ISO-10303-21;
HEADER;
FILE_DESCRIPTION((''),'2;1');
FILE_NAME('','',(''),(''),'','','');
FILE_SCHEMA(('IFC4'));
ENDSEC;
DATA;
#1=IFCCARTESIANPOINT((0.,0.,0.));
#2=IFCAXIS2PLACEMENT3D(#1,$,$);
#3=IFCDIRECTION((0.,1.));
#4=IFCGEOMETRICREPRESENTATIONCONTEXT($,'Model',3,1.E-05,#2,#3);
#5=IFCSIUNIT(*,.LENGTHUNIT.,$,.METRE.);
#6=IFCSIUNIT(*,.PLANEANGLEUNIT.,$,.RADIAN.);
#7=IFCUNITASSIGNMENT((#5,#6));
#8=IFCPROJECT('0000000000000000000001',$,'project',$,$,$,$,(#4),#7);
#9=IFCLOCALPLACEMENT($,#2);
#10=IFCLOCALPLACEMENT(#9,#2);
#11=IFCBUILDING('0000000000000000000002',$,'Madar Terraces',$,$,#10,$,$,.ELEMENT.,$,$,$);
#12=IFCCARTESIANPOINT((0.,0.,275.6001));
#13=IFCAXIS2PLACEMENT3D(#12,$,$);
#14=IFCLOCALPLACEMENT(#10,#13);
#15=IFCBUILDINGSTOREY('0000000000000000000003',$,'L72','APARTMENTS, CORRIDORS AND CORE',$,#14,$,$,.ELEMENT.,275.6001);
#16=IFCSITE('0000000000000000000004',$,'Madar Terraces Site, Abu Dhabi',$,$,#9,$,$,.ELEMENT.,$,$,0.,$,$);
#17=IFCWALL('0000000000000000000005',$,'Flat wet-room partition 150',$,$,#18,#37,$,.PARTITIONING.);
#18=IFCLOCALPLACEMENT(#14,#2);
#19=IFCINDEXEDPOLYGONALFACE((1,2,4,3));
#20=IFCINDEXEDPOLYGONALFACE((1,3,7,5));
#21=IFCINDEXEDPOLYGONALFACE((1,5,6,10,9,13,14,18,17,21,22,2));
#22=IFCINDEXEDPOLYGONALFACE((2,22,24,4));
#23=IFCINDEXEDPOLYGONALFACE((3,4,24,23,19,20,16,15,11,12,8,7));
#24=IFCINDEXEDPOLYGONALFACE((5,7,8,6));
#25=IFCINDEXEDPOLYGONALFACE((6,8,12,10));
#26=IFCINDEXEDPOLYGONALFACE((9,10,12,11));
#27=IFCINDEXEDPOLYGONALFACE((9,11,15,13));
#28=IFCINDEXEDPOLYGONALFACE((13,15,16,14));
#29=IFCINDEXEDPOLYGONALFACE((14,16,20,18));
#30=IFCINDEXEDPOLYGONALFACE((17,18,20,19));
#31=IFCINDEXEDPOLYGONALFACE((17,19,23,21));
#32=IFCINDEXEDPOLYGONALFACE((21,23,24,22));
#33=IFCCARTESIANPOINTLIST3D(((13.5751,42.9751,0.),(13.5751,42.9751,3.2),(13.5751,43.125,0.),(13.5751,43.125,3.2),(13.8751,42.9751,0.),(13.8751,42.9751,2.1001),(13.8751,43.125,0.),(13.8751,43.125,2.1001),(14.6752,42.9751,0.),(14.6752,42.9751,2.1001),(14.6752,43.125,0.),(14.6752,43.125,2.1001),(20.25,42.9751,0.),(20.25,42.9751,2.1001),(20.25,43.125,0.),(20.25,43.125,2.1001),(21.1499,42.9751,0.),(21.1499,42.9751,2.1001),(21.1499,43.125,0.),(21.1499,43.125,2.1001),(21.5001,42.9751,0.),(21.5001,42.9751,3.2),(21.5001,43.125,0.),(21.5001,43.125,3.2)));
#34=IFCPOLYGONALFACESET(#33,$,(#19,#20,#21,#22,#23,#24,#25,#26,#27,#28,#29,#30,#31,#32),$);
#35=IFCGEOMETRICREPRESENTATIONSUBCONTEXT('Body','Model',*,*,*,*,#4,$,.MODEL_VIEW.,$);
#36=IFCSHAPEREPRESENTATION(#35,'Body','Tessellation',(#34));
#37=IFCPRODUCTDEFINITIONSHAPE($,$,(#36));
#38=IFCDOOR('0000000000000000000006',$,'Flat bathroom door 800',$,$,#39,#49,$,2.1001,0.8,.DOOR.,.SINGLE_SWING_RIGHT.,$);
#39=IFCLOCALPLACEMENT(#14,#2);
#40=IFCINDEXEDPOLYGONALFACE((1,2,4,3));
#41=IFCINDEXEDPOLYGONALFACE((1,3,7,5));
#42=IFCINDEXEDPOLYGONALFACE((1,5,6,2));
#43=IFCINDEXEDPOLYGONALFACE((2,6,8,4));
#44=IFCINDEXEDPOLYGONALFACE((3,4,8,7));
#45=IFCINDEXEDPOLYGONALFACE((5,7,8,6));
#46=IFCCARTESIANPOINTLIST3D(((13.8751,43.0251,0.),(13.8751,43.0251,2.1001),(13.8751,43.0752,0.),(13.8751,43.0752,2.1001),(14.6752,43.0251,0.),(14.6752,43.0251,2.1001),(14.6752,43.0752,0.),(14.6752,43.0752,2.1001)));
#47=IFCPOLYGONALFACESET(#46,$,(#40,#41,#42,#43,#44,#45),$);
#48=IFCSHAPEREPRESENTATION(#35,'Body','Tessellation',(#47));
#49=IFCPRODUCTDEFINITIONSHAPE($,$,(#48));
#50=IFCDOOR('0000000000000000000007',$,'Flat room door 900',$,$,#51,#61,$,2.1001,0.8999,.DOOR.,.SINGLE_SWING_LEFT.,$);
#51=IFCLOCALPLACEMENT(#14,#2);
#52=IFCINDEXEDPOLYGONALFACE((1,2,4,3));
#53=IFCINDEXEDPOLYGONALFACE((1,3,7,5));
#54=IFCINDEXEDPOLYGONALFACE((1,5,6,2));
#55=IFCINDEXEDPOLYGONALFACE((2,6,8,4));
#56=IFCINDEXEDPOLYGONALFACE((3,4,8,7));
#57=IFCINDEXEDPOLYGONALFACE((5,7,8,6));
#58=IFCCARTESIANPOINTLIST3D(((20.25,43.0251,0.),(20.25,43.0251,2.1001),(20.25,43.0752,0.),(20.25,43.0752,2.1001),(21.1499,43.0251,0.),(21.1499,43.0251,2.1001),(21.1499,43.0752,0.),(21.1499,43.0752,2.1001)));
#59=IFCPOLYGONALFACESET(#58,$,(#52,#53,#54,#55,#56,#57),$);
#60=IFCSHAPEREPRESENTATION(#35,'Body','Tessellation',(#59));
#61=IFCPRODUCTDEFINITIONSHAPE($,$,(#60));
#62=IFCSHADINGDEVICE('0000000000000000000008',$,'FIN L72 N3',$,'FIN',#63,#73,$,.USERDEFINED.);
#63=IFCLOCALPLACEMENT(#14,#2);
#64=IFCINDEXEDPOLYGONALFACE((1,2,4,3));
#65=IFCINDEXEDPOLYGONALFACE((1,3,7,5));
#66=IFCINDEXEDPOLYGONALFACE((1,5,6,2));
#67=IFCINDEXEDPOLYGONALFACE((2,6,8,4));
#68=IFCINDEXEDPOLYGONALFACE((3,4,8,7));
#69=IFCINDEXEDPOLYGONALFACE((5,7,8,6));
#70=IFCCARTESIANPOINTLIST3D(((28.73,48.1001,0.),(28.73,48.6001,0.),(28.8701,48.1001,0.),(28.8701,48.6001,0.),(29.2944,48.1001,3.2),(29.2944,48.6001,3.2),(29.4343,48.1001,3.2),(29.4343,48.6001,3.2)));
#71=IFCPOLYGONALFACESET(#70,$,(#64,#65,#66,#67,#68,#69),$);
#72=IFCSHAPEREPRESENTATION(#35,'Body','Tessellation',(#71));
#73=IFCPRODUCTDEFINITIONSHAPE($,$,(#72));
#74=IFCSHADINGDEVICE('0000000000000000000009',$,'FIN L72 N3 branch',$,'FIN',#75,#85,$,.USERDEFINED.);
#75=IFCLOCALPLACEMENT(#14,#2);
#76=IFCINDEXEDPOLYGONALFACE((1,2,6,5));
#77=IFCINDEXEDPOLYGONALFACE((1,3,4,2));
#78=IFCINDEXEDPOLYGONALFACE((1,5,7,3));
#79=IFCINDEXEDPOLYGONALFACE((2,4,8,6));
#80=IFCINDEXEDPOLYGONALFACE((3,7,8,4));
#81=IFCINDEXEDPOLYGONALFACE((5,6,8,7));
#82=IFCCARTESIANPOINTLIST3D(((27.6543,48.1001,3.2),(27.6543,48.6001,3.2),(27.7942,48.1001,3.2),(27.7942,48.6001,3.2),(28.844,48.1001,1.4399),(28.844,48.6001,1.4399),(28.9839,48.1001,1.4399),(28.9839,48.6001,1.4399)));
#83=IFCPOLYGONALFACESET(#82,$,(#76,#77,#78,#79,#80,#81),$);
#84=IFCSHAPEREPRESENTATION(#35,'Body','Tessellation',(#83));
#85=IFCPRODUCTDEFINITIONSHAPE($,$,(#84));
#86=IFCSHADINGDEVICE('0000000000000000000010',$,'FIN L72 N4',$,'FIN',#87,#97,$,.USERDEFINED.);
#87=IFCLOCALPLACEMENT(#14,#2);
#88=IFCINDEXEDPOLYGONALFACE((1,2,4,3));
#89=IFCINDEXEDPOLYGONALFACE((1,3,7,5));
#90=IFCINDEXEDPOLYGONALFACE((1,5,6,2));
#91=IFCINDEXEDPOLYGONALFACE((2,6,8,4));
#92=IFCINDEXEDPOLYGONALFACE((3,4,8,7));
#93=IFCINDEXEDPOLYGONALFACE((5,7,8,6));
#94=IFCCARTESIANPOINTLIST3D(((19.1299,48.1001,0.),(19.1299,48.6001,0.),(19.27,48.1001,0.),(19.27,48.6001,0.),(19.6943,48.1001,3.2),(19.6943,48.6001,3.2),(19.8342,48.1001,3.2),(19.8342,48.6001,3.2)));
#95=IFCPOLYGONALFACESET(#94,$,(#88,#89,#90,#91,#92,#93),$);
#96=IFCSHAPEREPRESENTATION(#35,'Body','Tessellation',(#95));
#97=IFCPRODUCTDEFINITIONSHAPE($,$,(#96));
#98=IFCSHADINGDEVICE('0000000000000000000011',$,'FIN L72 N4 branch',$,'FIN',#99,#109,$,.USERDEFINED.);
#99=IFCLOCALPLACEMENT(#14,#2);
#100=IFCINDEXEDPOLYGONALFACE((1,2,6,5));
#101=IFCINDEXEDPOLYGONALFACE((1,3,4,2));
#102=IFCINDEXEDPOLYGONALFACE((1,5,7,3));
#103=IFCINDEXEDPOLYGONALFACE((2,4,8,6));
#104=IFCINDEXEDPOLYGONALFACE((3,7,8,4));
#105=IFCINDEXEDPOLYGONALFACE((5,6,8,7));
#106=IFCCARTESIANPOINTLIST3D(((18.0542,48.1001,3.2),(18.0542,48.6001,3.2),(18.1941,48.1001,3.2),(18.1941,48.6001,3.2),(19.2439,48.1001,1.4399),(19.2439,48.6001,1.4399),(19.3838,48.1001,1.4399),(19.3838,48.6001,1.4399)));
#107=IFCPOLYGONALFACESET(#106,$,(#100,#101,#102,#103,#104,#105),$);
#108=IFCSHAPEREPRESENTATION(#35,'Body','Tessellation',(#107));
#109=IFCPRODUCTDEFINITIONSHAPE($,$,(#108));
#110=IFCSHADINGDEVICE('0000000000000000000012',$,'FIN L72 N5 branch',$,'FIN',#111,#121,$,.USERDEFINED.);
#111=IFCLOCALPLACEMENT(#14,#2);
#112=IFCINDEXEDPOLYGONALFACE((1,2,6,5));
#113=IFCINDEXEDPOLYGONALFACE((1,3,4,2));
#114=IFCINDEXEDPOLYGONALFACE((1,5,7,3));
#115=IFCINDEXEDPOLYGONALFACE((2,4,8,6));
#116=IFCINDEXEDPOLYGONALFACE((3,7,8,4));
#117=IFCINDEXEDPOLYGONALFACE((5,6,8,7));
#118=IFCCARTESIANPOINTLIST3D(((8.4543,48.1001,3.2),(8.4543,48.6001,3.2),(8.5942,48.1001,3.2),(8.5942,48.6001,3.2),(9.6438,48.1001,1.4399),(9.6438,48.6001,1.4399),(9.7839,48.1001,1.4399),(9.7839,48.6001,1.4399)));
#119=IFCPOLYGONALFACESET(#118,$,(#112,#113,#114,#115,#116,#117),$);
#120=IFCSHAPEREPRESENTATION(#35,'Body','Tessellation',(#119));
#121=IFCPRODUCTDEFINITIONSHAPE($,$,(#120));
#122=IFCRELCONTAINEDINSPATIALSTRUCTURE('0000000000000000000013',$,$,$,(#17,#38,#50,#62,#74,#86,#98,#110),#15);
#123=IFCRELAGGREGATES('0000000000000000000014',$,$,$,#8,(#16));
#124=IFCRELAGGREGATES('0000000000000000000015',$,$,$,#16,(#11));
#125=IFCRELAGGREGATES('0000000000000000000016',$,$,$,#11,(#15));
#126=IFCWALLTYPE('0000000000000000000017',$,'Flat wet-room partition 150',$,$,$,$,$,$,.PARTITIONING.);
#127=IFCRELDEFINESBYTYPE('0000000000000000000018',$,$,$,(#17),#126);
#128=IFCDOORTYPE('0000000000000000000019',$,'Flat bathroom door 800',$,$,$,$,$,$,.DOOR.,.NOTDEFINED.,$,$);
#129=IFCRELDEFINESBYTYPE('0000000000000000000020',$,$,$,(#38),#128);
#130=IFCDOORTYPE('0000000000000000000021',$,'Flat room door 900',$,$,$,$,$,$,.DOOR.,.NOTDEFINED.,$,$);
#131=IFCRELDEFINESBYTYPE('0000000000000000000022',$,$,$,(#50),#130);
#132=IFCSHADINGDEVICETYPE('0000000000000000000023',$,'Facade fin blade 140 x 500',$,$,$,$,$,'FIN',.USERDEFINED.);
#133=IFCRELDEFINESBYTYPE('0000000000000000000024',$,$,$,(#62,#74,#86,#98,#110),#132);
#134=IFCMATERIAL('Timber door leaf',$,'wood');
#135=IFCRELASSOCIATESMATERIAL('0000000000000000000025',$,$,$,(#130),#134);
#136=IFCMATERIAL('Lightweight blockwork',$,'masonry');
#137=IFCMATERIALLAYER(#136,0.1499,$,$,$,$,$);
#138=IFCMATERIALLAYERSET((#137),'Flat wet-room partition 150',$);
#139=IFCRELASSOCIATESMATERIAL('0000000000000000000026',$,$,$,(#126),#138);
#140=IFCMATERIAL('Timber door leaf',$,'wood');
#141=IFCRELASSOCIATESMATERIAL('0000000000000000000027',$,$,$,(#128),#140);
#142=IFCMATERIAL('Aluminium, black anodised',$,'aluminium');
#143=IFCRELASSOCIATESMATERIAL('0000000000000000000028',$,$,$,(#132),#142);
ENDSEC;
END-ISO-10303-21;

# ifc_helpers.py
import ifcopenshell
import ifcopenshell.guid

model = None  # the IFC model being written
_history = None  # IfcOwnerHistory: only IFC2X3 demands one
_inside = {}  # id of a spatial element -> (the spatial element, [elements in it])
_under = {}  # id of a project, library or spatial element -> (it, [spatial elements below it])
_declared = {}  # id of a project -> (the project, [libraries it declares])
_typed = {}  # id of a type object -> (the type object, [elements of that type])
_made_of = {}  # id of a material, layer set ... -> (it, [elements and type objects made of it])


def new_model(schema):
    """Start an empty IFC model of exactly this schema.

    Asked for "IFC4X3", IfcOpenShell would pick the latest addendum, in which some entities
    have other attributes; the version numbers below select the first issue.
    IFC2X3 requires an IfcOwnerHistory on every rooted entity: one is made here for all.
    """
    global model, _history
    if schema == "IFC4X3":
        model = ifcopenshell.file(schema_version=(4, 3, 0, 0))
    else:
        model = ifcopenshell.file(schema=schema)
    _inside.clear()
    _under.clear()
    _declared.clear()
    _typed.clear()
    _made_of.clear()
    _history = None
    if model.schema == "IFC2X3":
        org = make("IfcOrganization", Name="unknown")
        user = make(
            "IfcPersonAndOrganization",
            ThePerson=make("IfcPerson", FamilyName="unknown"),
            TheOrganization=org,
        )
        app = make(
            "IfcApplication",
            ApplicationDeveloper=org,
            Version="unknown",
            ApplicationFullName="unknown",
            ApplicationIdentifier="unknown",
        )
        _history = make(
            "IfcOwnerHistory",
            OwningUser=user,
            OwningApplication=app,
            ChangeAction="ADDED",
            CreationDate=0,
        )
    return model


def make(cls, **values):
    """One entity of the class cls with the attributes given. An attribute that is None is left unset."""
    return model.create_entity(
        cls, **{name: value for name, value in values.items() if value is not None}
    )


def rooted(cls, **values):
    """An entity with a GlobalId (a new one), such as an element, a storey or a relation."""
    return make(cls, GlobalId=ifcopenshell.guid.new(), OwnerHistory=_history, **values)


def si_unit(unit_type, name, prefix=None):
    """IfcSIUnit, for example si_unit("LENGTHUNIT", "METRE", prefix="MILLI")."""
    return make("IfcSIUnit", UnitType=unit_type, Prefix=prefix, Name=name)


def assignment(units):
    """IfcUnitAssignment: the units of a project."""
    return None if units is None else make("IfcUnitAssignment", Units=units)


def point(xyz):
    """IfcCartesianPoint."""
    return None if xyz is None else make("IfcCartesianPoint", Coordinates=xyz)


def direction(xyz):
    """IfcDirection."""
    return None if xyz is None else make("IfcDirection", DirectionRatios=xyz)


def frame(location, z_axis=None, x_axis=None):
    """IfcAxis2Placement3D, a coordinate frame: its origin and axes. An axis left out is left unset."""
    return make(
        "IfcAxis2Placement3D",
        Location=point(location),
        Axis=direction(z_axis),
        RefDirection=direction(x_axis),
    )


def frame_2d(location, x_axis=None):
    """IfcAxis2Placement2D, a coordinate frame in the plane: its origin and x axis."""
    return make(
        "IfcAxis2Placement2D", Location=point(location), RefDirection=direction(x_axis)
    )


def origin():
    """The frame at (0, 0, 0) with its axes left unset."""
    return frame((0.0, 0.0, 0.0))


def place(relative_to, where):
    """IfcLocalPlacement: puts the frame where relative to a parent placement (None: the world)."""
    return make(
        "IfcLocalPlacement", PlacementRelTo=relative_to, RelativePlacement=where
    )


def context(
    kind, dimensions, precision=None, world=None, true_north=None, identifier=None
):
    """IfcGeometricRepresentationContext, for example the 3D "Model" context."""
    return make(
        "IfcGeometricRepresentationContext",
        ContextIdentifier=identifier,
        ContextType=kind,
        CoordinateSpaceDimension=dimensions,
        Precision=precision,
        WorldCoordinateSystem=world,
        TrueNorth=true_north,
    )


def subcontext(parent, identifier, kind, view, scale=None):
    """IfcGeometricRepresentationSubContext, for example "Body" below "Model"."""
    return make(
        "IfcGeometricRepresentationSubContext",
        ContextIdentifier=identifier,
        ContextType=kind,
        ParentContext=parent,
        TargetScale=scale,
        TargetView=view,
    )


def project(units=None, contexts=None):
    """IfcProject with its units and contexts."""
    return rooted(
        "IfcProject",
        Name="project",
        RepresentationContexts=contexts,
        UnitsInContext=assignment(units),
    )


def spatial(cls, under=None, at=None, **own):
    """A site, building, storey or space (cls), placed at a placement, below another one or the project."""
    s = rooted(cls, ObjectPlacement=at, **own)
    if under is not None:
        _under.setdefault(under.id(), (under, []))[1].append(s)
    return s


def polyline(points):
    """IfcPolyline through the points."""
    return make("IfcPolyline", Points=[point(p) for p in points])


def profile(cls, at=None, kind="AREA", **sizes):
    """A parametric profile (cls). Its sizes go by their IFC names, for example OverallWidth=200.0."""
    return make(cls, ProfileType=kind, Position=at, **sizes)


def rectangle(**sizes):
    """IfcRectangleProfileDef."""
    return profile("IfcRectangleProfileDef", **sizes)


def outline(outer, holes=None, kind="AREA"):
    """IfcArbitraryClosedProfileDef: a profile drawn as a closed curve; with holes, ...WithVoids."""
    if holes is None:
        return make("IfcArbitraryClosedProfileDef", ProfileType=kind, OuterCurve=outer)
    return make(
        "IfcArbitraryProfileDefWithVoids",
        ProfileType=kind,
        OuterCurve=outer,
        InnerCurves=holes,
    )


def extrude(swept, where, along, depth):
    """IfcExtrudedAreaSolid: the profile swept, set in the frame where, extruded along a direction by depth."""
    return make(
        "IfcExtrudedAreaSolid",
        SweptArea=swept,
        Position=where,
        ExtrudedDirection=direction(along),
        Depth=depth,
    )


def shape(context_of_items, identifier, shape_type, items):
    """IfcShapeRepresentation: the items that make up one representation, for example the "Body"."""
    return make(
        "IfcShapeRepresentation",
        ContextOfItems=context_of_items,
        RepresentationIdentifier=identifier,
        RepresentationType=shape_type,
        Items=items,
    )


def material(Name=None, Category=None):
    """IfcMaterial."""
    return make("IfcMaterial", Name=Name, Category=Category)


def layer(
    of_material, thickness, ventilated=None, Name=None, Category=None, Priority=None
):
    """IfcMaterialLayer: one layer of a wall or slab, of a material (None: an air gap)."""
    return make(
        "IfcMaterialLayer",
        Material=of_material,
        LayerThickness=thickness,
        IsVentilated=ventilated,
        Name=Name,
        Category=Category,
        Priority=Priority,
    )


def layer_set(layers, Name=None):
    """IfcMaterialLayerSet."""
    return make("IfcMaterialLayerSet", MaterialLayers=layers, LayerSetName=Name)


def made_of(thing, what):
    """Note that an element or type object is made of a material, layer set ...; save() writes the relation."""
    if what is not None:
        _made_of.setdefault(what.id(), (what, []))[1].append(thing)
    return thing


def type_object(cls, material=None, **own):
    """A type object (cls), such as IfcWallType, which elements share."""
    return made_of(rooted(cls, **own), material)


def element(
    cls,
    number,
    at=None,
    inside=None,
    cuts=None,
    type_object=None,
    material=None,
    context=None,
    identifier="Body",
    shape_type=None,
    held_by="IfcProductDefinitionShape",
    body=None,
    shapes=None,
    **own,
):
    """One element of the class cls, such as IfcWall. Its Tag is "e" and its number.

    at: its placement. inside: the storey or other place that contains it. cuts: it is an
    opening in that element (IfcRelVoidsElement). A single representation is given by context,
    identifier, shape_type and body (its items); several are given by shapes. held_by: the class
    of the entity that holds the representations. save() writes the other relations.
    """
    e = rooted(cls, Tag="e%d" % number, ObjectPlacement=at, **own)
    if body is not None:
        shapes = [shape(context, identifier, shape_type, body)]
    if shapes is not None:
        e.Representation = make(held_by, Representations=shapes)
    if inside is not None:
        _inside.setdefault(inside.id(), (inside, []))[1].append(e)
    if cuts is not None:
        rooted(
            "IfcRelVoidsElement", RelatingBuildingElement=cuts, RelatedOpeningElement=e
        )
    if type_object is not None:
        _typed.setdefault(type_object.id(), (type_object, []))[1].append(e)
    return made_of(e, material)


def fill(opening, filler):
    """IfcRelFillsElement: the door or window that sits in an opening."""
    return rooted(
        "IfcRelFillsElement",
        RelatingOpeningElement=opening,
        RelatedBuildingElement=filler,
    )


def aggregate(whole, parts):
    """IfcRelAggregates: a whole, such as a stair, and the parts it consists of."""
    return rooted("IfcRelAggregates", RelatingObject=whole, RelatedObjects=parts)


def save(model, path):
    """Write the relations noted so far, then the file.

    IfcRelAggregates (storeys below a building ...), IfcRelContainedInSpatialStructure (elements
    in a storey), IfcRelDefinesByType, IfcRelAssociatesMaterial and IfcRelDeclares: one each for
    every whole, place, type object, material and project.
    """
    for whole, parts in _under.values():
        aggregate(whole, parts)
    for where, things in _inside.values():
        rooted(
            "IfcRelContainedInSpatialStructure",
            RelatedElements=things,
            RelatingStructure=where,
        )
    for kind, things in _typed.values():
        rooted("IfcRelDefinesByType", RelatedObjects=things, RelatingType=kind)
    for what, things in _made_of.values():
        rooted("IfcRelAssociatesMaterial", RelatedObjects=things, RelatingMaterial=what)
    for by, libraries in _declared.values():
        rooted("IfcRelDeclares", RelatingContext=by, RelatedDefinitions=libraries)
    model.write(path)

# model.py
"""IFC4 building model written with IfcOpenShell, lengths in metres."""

from ifc_helpers import new_model, si_unit, direction, frame, frame_2d, origin, place, context, subcontext, project, spatial, polyline, rectangle, outline, extrude, material, layer, layer_set, type_object, element, fill, save


model = new_model("IFC4")

# Units and contexts
model_context = context("Model", 3, precision=1e-05, world=origin(), true_north=direction((0.0, 1.0)))
body_context = subcontext(model_context, "Body", "Model", "MODEL_VIEW")
ifc_project = project(units=[si_unit("LENGTHUNIT", "METRE"), si_unit("PLANEANGLEUNIT", "RADIAN")], contexts=[model_context])

# Site, building, storey
site_placement = place(None, origin())
site = spatial("IfcSite", under=ifc_project, at=site_placement, Name="Madar Terraces Site, Abu Dhabi", CompositionType="ELEMENT", RefElevation=0.0)
building_placement = place(site_placement, origin())
building = spatial("IfcBuilding", under=site, at=building_placement, Name="Madar Terraces", CompositionType="ELEMENT")
storey_placement = place(building_placement, frame((0.0, 0.0, 275.6001)))
storey = spatial("IfcBuildingStorey", under=building, at=storey_placement, Name="L72", Description="APARTMENTS, CORRIDORS AND CORE", CompositionType="ELEMENT", Elevation=275.6001)

# Shared definitions
ifc_material_1 = material(Name="Timber door leaf", Category="wood")
door_type_1 = type_object("IfcDoorType", Name="Flat room door 900", OperationType="NOTDEFINED", PredefinedType="DOOR", material=ifc_material_1)

# Wall, openings, doors
ifc_material_2 = material(Name="Lightweight blockwork", Category="masonry")
ifc_layer_1 = layer(ifc_material_2, 0.1499)
ifc_layer_set_1 = layer_set([ifc_layer_1], Name="Flat wet-room partition 150")
wall_type_1 = type_object("IfcWallType", Name="Flat wet-room partition 150", PredefinedType="PARTITIONING", material=ifc_layer_set_1)
wall_1_placement = place(storey_placement, frame((21.5, 43.05, 0.0), z_axis=(0.0, 0.0, 1.0), x_axis=(-1.0, 0.0, 0.0)))
wall_1 = element("IfcWall", 1, at=wall_1_placement, inside=storey, type_object=wall_type_1, Name="Flat wet-room partition 150", PredefinedType="PARTITIONING", context=body_context, shape_type="SweptSolid", body=[
    extrude(rectangle(XDim=7.925, YDim=0.1499, at=frame_2d((3.9624, 0.0))), origin(), (0.0, 0.0, 1.0), 3.2),
])
opening_1_placement = place(wall_1_placement, frame((6.825, 0.0, 0.0)))
opening_1 = element("IfcOpeningElement", 2, at=opening_1_placement, cuts=wall_1, PredefinedType="OPENING", context=body_context, shape_type="SweptSolid", body=[
    extrude(rectangle(XDim=0.8, YDim=2.1001, at=frame_2d((0.3999, 1.05))), frame((0.0, 0.085, 0.0), z_axis=(0.0, -1.0, 0.0), x_axis=(1.0, 0.0, 0.0)), (0.0, 0.0, 1.0), 0.1699),
])
opening_2_placement = place(wall_1_placement, frame((0.3501, 0.0, 0.0)))
opening_2 = element("IfcOpeningElement", 3, at=opening_2_placement, cuts=wall_1, PredefinedType="OPENING", context=body_context, shape_type="SweptSolid", body=[
    extrude(rectangle(XDim=0.8999, YDim=2.1001, at=frame_2d((0.45, 1.05))), frame((0.0, 0.085, 0.0), z_axis=(0.0, -1.0, 0.0), x_axis=(1.0, 0.0, 0.0)), (0.0, 0.0, 1.0), 0.1699),
])
ifc_material_3 = material(Name="Timber door leaf", Category="wood")
door_type_2 = type_object("IfcDoorType", Name="Flat bathroom door 800", OperationType="NOTDEFINED", PredefinedType="DOOR", material=ifc_material_3)
door_1_placement = place(opening_1_placement, origin())
door_1 = element("IfcDoor", 4, at=door_1_placement, inside=storey, type_object=door_type_2, Name="Flat bathroom door 800", OperationType="SINGLE_SWING_RIGHT", OverallHeight=2.1001, OverallWidth=0.8, PredefinedType="DOOR", context=body_context, shape_type="SweptSolid", body=[
    extrude(rectangle(XDim=0.8, YDim=2.1001, at=frame_2d((0.3999, 1.05))), frame((0.0, 0.0249, 0.0), z_axis=(0.0, -1.0, 0.0), x_axis=(1.0, 0.0, 0.0)), (0.0, 0.0, 1.0), 0.05),
])
fill(opening_1, door_1)
door_2_placement = place(opening_2_placement, origin())
door_2 = element("IfcDoor", 5, at=door_2_placement, inside=storey, type_object=door_type_1, Name="Flat room door 900", OperationType="SINGLE_SWING_LEFT", OverallHeight=2.1001, OverallWidth=0.8999, PredefinedType="DOOR", context=body_context, shape_type="SweptSolid", body=[
    extrude(rectangle(XDim=0.8999, YDim=2.1001, at=frame_2d((0.45, 1.05))), frame((0.0, 0.0249, 0.0), z_axis=(0.0, -1.0, 0.0), x_axis=(1.0, 0.0, 0.0)), (0.0, 0.0, 1.0), 0.05),
])
fill(opening_2, door_2)

# Shading devices
ifc_material_4 = material(Name="Aluminium, black anodised", Category="aluminium")
shading_device_type = type_object("IfcShadingDeviceType", Name="Facade fin blade 140 x 500", ElementType="FIN", PredefinedType="USERDEFINED", material=ifc_material_4)
shading_device_1_placement = place(storey_placement, frame((28.8701, 48.3501, 0.0), z_axis=(0.0, 0.0, 1.0), x_axis=(-1.0, 0.0, 0.0)))
element("IfcShadingDevice", 6, at=shading_device_1_placement, inside=storey, type_object=shading_device_type, Name="FIN L72 N3", ObjectType="FIN", PredefinedType="USERDEFINED", context=body_context, shape_type="SweptSolid", body=[
    extrude(outline(polyline([(0.0, 0.0), (0.1401, 0.0), (-0.4243, 3.2), (-0.5642, 3.2), (0.0, 0.0)])), frame((0.0, 0.25, 0.0), z_axis=(0.0, -1.0, 0.0), x_axis=(1.0, 0.0, 0.0)), (0.0, 0.0, 1.0), 0.5),
])
shading_device_2_placement = place(storey_placement, frame((28.9839, 48.3501, 1.4399), z_axis=(0.0, 0.0, 1.0), x_axis=(-1.0, 0.0, 0.0)))
element("IfcShadingDevice", 7, at=shading_device_2_placement, inside=storey, type_object=shading_device_type, Name="FIN L72 N3 branch", ObjectType="FIN", PredefinedType="USERDEFINED", context=body_context, shape_type="SweptSolid", body=[
    extrude(outline(polyline([(0.0, 0.0), (0.1399, 0.0), (1.3296, 1.76), (1.1897, 1.76), (0.0, 0.0)])), frame((0.0, 0.25, 0.0), z_axis=(0.0, -1.0, 0.0), x_axis=(1.0, 0.0, 0.0)), (0.0, 0.0, 1.0), 0.5),
])
shading_device_3_placement = place(storey_placement, frame((19.27, 48.3501, 0.0), z_axis=(0.0, 0.0, 1.0), x_axis=(-1.0, 0.0, 0.0)))
element("IfcShadingDevice", 8, at=shading_device_3_placement, inside=storey, type_object=shading_device_type, Name="FIN L72 N4", ObjectType="FIN", PredefinedType="USERDEFINED", context=body_context, shape_type="SweptSolid", body=[
    extrude(outline(polyline([(0.0, 0.0), (0.1401, 0.0), (-0.4243, 3.2), (-0.5642, 3.2), (0.0, 0.0)])), frame((0.0, 0.25, 0.0), z_axis=(0.0, -1.0, 0.0), x_axis=(1.0, 0.0, 0.0)), (0.0, 0.0, 1.0), 0.5),
])
shading_device_4_placement = place(storey_placement, frame((19.3838, 48.3501, 1.4399), z_axis=(0.0, 0.0, 1.0), x_axis=(-1.0, 0.0, 0.0)))
element("IfcShadingDevice", 9, at=shading_device_4_placement, inside=storey, type_object=shading_device_type, Name="FIN L72 N4 branch", ObjectType="FIN", PredefinedType="USERDEFINED", context=body_context, shape_type="SweptSolid", body=[
    extrude(outline(polyline([(0.0, 0.0), (0.1399, 0.0), (1.3296, 1.76), (1.1897, 1.76), (0.0, 0.0)])), frame((0.0, 0.25, 0.0), z_axis=(0.0, -1.0, 0.0), x_axis=(1.0, 0.0, 0.0)), (0.0, 0.0, 1.0), 0.5),
])
shading_device_5_placement = place(storey_placement, frame((9.7839, 48.3501, 1.4399), z_axis=(0.0, 0.0, 1.0), x_axis=(-1.0, 0.0, 0.0)))
element("IfcShadingDevice", 10, at=shading_device_5_placement, inside=storey, type_object=shading_device_type, Name="FIN L72 N5 branch", ObjectType="FIN", PredefinedType="USERDEFINED", context=body_context, shape_type="SweptSolid", body=[
    extrude(outline(polyline([(0.0, 0.0), (0.1401, 0.0), (1.3296, 1.76), (1.1897, 1.76), (0.0, 0.0)])), frame((0.0, 0.25, 0.0), z_axis=(0.0, -1.0, 0.0), x_axis=(1.0, 0.0, 0.0)), (0.0, 0.0, 1.0), 0.5),
])

save(model, "model.ifc")
